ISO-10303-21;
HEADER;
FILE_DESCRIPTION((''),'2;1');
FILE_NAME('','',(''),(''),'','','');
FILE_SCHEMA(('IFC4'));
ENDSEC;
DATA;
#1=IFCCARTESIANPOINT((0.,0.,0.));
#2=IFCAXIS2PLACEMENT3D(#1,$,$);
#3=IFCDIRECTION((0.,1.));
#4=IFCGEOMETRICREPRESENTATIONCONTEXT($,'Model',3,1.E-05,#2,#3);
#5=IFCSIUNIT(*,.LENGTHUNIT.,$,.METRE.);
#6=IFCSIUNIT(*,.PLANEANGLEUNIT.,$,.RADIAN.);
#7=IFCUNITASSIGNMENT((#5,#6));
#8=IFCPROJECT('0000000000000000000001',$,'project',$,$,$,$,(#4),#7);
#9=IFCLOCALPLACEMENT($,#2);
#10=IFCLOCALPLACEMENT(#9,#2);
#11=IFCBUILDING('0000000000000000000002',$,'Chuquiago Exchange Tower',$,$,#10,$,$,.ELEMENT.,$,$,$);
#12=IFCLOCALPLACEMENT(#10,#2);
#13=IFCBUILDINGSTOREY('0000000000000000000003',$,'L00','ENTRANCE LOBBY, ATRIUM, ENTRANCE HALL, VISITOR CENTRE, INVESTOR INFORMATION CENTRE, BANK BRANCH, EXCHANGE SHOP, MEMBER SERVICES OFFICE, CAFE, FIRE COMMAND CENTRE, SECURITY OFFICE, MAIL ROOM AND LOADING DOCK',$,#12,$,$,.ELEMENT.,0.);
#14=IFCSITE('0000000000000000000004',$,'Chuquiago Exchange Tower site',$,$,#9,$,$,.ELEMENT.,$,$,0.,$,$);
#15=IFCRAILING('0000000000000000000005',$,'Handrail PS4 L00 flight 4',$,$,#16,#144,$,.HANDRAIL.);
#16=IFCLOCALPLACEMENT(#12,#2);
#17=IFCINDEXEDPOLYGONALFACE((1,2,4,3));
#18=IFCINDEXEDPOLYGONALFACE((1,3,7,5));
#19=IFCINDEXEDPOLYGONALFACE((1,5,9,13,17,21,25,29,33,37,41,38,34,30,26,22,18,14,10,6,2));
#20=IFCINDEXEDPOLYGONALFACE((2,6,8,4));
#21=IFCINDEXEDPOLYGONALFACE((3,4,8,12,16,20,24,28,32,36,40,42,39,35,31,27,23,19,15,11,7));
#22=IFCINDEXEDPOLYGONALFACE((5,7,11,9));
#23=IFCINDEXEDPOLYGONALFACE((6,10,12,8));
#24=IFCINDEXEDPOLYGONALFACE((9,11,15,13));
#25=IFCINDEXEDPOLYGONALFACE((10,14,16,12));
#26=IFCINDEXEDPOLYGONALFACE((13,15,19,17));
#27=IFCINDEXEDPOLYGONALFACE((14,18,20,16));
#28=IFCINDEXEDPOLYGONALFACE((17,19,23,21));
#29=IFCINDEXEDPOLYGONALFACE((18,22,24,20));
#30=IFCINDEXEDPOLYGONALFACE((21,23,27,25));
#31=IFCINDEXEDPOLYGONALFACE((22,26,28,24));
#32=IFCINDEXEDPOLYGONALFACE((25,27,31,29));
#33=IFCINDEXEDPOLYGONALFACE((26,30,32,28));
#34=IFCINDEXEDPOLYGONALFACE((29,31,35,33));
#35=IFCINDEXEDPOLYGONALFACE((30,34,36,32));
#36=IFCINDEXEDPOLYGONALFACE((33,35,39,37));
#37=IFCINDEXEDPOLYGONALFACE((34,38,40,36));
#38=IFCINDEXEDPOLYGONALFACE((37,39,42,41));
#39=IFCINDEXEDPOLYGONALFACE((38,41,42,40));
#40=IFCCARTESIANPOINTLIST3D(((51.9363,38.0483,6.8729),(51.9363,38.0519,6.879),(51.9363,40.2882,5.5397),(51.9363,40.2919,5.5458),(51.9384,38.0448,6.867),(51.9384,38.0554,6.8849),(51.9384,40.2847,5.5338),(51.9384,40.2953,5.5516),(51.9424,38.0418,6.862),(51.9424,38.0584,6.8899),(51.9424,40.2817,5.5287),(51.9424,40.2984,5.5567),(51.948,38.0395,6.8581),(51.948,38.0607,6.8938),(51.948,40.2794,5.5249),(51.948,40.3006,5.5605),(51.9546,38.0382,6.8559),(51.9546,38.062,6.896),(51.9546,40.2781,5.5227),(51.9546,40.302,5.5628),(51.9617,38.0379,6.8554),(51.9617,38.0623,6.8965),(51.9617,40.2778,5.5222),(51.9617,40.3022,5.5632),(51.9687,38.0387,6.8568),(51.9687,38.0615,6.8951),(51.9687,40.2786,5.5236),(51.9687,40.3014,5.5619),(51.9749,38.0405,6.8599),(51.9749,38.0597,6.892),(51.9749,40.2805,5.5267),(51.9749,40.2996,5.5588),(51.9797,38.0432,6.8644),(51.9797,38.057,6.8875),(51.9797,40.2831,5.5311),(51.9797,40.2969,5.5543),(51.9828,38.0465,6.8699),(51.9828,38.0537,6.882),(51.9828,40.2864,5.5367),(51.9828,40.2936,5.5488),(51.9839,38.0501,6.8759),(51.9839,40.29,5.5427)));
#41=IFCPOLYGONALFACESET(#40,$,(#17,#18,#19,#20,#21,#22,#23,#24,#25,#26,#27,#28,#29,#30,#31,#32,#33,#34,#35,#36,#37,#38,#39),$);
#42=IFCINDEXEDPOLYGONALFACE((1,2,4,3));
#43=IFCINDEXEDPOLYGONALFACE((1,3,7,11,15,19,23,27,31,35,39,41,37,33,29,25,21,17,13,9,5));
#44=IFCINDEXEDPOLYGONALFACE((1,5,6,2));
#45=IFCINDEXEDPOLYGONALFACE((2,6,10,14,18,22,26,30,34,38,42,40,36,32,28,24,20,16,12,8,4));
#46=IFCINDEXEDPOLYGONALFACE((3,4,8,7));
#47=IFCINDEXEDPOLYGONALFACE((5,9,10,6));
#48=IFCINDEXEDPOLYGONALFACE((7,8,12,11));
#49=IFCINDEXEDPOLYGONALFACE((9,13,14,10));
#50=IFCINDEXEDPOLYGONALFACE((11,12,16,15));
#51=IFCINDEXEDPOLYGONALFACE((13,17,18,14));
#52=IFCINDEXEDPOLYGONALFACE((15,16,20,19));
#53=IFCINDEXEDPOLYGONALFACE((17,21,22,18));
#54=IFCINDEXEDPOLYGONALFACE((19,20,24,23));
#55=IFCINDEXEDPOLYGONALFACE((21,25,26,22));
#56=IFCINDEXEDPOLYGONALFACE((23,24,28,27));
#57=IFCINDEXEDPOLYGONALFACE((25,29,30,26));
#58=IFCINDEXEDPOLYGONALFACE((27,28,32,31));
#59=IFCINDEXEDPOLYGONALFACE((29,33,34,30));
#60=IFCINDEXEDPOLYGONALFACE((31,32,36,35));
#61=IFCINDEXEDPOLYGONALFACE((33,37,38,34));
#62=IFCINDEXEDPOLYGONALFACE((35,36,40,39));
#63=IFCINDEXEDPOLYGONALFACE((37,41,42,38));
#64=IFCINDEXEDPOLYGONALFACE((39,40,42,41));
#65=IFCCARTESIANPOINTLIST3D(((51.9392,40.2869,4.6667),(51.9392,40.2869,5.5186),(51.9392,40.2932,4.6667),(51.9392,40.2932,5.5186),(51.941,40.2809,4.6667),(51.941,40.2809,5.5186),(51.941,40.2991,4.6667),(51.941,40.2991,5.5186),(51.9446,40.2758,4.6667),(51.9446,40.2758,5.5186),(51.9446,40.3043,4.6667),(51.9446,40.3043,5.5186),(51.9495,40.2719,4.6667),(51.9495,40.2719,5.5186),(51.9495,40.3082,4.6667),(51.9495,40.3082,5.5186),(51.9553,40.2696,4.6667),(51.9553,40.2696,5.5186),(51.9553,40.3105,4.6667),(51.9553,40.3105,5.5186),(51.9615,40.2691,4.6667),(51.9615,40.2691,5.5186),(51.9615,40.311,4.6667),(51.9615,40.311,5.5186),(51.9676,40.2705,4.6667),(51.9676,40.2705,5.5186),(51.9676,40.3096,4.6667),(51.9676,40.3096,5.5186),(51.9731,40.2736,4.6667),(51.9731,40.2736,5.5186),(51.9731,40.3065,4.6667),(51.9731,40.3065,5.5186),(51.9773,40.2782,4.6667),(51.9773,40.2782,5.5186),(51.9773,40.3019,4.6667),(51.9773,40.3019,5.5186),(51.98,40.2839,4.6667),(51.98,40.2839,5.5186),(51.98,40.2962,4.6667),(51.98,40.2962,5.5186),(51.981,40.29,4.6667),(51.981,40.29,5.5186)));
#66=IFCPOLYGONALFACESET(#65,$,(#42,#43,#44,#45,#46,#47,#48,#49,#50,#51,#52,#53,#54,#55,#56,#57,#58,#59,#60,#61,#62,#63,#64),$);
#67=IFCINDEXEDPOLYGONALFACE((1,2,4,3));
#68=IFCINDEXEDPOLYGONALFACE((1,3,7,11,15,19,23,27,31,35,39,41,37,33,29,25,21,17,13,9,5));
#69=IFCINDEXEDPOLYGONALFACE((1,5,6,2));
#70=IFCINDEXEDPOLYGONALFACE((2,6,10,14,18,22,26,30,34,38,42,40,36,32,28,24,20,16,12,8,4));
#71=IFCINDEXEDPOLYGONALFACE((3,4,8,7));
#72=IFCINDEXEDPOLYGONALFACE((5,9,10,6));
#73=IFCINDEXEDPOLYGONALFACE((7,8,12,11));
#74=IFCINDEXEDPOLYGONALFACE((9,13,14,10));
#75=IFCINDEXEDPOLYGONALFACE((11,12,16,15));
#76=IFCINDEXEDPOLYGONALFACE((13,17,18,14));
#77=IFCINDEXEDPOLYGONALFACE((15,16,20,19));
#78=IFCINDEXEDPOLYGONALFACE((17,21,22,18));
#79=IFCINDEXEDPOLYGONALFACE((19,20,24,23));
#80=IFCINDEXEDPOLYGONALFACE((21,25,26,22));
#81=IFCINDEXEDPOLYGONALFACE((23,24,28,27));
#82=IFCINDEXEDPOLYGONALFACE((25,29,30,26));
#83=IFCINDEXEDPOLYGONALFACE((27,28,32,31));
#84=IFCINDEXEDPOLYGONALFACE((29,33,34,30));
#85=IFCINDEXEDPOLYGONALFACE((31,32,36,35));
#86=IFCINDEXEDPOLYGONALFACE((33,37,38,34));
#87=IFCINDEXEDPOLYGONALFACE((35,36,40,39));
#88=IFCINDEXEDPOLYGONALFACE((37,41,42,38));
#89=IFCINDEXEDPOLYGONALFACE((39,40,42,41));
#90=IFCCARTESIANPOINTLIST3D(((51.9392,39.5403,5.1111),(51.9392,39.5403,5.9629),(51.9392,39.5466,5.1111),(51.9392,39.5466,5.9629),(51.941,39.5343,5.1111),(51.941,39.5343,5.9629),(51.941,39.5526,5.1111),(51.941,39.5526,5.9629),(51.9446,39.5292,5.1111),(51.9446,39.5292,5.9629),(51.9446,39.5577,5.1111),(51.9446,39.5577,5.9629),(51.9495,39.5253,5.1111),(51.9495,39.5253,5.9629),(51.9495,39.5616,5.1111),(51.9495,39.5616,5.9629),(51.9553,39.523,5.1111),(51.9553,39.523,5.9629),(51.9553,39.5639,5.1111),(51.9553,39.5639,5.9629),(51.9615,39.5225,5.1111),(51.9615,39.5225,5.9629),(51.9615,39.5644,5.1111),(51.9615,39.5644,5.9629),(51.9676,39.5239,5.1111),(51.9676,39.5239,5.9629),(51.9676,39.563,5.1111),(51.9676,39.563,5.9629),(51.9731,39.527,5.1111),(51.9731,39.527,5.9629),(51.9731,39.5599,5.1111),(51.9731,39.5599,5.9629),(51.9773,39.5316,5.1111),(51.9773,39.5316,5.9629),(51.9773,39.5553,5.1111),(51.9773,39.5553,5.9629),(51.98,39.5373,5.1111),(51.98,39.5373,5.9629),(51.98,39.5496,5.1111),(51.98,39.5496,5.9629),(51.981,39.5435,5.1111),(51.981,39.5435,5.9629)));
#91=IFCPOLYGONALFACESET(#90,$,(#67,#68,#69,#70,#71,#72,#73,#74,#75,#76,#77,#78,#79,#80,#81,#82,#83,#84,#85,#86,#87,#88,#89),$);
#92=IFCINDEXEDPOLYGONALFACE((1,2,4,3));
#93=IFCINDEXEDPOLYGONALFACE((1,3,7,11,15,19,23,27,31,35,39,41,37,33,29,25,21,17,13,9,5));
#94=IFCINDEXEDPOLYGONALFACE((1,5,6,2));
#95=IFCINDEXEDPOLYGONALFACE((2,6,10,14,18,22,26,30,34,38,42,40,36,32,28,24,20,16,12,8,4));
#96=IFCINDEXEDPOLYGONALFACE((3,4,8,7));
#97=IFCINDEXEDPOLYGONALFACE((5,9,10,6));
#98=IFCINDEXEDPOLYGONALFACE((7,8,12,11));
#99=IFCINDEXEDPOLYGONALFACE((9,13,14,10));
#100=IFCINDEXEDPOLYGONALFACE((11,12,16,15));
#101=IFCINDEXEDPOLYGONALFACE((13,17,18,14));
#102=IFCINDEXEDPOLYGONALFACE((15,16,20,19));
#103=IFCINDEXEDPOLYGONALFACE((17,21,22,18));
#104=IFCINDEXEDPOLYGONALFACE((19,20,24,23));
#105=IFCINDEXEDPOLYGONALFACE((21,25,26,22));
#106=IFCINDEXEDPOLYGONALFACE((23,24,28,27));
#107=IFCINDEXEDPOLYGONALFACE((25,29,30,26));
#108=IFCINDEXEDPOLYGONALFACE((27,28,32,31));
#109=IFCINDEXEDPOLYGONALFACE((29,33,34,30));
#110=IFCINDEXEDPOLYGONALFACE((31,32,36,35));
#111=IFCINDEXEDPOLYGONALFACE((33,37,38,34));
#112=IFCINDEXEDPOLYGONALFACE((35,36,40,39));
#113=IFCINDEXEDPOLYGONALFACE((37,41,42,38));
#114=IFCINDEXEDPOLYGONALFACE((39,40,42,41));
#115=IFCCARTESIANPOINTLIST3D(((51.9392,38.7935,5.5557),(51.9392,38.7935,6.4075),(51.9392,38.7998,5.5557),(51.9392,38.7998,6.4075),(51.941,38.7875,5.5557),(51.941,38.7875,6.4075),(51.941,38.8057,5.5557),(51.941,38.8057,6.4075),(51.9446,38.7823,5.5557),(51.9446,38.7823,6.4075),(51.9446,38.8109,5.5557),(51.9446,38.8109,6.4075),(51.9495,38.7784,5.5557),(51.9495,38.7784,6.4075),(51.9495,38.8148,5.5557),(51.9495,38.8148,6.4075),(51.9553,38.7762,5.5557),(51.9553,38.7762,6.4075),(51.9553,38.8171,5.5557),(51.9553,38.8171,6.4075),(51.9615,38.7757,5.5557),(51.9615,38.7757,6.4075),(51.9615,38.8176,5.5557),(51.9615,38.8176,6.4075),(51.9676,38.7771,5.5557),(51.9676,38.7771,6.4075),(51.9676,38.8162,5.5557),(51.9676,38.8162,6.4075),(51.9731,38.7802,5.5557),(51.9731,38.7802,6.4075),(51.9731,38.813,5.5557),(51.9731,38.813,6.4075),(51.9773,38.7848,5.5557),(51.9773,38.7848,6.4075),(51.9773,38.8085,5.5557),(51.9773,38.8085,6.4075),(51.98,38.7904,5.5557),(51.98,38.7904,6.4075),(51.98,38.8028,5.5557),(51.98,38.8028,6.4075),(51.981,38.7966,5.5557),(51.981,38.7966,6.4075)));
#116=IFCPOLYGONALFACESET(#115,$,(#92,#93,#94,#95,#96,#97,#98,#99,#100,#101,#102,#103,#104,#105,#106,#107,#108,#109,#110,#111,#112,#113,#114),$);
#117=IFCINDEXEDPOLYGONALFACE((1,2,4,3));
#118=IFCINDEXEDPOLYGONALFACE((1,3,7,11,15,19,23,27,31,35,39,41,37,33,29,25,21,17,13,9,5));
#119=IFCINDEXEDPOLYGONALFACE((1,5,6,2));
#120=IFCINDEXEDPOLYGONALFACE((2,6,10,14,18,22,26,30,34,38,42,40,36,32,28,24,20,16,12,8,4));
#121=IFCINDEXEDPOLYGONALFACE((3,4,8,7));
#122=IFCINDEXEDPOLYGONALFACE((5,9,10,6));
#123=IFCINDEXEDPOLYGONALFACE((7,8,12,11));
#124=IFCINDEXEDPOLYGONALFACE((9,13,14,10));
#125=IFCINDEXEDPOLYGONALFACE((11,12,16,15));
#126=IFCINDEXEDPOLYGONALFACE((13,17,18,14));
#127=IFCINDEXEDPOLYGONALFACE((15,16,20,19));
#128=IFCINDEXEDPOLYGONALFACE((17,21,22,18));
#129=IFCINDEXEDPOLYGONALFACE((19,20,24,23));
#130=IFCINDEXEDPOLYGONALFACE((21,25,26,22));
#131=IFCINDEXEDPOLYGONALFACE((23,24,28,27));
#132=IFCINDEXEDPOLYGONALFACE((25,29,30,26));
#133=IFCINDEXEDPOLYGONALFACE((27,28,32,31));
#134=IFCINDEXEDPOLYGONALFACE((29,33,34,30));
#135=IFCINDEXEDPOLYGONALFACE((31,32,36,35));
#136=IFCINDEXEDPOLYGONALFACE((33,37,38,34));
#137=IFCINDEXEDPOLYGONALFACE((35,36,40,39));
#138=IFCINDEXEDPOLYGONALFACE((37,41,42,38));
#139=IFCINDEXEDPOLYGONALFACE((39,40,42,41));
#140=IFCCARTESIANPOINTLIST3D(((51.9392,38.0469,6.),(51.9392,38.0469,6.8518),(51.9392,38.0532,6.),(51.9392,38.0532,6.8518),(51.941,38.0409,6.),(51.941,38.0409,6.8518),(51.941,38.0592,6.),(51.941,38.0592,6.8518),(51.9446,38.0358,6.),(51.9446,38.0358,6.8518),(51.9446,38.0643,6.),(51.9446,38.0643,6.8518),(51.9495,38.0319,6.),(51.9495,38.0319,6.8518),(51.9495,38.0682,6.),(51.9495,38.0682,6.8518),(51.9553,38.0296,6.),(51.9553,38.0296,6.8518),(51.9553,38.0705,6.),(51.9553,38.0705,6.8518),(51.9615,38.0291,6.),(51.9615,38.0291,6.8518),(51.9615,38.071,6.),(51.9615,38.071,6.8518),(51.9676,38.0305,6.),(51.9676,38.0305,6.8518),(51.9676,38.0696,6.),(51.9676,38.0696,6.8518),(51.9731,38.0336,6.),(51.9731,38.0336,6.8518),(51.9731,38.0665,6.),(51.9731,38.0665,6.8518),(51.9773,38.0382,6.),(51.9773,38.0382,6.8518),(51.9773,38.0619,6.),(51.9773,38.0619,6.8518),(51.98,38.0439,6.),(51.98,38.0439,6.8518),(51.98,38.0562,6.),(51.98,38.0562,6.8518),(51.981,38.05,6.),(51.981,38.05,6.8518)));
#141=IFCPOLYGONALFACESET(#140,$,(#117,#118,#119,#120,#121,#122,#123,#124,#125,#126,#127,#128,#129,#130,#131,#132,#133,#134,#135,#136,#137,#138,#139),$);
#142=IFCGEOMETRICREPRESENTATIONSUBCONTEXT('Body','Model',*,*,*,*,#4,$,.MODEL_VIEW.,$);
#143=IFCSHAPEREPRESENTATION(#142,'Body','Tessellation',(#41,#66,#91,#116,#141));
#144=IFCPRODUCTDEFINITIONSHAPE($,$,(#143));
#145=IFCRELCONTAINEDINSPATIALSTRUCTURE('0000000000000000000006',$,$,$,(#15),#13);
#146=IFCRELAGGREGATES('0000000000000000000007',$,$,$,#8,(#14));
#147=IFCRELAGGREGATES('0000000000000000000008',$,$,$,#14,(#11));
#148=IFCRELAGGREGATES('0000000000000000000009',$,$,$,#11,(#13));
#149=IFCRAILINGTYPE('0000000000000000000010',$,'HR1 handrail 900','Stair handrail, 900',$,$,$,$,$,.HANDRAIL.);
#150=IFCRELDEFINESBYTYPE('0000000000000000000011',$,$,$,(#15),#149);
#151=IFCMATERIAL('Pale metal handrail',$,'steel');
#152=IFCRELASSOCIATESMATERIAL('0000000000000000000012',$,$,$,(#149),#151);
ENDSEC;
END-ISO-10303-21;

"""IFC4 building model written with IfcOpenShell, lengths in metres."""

from ifc_helpers import new_model, si_unit, direction, frame, origin, origin_2d, place, context, subcontext, project, spatial, circle, extrude, material, type_object, element, save


model = new_model("IFC4")

# Units and contexts
model_context = context("Model", 3, precision=1e-05, world=origin(), true_north=direction((0.0, 1.0)))
body_context = subcontext(model_context, "Body", "Model", "MODEL_VIEW")
ifc_project = project(units=[si_unit("LENGTHUNIT", "METRE"), si_unit("PLANEANGLEUNIT", "RADIAN")], contexts=[model_context])

# Site, building, storey
site_placement = place(None, origin())
site = spatial("IfcSite", under=ifc_project, at=site_placement, Name="Chuquiago Exchange Tower site", CompositionType="ELEMENT", RefElevation=0.0)
building_placement = place(site_placement, origin())
building = spatial("IfcBuilding", under=site, at=building_placement, Name="Chuquiago Exchange Tower", CompositionType="ELEMENT")
storey_placement = place(building_placement, origin())
storey = spatial("IfcBuildingStorey", under=building, at=storey_placement, Name="L00", Description="ENTRANCE LOBBY, ATRIUM, ENTRANCE HALL, VISITOR CENTRE, INVESTOR INFORMATION CENTRE, BANK BRANCH, EXCHANGE SHOP, MEMBER SERVICES OFFICE, CAFE, FIRE COMMAND CENTRE, SECURITY OFFICE, MAIL ROOM AND LOADING DOCK", CompositionType="ELEMENT", Elevation=0.0)

# Railing
ifc_material_1 = material(Name="Pale metal handrail", Category="steel")
railing_type = type_object("IfcRailingType", Name="HR1 handrail 900", Description="Stair handrail, 900", PredefinedType="HANDRAIL", material=ifc_material_1)
for number, where, name in (
    (1, (51.96, 40.29, 4.6667), "Handrail PS4 L00 flight 4"),
):
    element("IfcRailing", number, at=place(storey_placement, frame(where)), inside=storey, type_object=railing_type, Name=name, PredefinedType="HANDRAIL", context=body_context, shape_type="SweptSolid", body=[
        extrude(circle(Radius=0.0239, at=origin_2d()), frame((0.0, 0.0, 0.876), z_axis=(0.0, -0.859306, 0.511462), x_axis=(1.0, 0.0, 0.0)), (0.0, 0.0, 1.0), 2.6067),
        extrude(circle(Radius=0.021, at=origin_2d()), origin(), (0.0, 0.0, 1.0), 0.8518),
        extrude(circle(Radius=0.021, at=origin_2d()), frame((0.0, -0.7466, 0.4443)), (0.0, 0.0, 1.0), 0.8518),
        extrude(circle(Radius=0.021, at=origin_2d()), frame((0.0, -1.4934, 0.8889)), (0.0, 0.0, 1.0), 0.8518),
        extrude(circle(Radius=0.021, at=origin_2d()), frame((0.0, -2.24, 1.3333)), (0.0, 0.0, 1.0), 0.8518),
    ])

save(model, "model.ifc")
